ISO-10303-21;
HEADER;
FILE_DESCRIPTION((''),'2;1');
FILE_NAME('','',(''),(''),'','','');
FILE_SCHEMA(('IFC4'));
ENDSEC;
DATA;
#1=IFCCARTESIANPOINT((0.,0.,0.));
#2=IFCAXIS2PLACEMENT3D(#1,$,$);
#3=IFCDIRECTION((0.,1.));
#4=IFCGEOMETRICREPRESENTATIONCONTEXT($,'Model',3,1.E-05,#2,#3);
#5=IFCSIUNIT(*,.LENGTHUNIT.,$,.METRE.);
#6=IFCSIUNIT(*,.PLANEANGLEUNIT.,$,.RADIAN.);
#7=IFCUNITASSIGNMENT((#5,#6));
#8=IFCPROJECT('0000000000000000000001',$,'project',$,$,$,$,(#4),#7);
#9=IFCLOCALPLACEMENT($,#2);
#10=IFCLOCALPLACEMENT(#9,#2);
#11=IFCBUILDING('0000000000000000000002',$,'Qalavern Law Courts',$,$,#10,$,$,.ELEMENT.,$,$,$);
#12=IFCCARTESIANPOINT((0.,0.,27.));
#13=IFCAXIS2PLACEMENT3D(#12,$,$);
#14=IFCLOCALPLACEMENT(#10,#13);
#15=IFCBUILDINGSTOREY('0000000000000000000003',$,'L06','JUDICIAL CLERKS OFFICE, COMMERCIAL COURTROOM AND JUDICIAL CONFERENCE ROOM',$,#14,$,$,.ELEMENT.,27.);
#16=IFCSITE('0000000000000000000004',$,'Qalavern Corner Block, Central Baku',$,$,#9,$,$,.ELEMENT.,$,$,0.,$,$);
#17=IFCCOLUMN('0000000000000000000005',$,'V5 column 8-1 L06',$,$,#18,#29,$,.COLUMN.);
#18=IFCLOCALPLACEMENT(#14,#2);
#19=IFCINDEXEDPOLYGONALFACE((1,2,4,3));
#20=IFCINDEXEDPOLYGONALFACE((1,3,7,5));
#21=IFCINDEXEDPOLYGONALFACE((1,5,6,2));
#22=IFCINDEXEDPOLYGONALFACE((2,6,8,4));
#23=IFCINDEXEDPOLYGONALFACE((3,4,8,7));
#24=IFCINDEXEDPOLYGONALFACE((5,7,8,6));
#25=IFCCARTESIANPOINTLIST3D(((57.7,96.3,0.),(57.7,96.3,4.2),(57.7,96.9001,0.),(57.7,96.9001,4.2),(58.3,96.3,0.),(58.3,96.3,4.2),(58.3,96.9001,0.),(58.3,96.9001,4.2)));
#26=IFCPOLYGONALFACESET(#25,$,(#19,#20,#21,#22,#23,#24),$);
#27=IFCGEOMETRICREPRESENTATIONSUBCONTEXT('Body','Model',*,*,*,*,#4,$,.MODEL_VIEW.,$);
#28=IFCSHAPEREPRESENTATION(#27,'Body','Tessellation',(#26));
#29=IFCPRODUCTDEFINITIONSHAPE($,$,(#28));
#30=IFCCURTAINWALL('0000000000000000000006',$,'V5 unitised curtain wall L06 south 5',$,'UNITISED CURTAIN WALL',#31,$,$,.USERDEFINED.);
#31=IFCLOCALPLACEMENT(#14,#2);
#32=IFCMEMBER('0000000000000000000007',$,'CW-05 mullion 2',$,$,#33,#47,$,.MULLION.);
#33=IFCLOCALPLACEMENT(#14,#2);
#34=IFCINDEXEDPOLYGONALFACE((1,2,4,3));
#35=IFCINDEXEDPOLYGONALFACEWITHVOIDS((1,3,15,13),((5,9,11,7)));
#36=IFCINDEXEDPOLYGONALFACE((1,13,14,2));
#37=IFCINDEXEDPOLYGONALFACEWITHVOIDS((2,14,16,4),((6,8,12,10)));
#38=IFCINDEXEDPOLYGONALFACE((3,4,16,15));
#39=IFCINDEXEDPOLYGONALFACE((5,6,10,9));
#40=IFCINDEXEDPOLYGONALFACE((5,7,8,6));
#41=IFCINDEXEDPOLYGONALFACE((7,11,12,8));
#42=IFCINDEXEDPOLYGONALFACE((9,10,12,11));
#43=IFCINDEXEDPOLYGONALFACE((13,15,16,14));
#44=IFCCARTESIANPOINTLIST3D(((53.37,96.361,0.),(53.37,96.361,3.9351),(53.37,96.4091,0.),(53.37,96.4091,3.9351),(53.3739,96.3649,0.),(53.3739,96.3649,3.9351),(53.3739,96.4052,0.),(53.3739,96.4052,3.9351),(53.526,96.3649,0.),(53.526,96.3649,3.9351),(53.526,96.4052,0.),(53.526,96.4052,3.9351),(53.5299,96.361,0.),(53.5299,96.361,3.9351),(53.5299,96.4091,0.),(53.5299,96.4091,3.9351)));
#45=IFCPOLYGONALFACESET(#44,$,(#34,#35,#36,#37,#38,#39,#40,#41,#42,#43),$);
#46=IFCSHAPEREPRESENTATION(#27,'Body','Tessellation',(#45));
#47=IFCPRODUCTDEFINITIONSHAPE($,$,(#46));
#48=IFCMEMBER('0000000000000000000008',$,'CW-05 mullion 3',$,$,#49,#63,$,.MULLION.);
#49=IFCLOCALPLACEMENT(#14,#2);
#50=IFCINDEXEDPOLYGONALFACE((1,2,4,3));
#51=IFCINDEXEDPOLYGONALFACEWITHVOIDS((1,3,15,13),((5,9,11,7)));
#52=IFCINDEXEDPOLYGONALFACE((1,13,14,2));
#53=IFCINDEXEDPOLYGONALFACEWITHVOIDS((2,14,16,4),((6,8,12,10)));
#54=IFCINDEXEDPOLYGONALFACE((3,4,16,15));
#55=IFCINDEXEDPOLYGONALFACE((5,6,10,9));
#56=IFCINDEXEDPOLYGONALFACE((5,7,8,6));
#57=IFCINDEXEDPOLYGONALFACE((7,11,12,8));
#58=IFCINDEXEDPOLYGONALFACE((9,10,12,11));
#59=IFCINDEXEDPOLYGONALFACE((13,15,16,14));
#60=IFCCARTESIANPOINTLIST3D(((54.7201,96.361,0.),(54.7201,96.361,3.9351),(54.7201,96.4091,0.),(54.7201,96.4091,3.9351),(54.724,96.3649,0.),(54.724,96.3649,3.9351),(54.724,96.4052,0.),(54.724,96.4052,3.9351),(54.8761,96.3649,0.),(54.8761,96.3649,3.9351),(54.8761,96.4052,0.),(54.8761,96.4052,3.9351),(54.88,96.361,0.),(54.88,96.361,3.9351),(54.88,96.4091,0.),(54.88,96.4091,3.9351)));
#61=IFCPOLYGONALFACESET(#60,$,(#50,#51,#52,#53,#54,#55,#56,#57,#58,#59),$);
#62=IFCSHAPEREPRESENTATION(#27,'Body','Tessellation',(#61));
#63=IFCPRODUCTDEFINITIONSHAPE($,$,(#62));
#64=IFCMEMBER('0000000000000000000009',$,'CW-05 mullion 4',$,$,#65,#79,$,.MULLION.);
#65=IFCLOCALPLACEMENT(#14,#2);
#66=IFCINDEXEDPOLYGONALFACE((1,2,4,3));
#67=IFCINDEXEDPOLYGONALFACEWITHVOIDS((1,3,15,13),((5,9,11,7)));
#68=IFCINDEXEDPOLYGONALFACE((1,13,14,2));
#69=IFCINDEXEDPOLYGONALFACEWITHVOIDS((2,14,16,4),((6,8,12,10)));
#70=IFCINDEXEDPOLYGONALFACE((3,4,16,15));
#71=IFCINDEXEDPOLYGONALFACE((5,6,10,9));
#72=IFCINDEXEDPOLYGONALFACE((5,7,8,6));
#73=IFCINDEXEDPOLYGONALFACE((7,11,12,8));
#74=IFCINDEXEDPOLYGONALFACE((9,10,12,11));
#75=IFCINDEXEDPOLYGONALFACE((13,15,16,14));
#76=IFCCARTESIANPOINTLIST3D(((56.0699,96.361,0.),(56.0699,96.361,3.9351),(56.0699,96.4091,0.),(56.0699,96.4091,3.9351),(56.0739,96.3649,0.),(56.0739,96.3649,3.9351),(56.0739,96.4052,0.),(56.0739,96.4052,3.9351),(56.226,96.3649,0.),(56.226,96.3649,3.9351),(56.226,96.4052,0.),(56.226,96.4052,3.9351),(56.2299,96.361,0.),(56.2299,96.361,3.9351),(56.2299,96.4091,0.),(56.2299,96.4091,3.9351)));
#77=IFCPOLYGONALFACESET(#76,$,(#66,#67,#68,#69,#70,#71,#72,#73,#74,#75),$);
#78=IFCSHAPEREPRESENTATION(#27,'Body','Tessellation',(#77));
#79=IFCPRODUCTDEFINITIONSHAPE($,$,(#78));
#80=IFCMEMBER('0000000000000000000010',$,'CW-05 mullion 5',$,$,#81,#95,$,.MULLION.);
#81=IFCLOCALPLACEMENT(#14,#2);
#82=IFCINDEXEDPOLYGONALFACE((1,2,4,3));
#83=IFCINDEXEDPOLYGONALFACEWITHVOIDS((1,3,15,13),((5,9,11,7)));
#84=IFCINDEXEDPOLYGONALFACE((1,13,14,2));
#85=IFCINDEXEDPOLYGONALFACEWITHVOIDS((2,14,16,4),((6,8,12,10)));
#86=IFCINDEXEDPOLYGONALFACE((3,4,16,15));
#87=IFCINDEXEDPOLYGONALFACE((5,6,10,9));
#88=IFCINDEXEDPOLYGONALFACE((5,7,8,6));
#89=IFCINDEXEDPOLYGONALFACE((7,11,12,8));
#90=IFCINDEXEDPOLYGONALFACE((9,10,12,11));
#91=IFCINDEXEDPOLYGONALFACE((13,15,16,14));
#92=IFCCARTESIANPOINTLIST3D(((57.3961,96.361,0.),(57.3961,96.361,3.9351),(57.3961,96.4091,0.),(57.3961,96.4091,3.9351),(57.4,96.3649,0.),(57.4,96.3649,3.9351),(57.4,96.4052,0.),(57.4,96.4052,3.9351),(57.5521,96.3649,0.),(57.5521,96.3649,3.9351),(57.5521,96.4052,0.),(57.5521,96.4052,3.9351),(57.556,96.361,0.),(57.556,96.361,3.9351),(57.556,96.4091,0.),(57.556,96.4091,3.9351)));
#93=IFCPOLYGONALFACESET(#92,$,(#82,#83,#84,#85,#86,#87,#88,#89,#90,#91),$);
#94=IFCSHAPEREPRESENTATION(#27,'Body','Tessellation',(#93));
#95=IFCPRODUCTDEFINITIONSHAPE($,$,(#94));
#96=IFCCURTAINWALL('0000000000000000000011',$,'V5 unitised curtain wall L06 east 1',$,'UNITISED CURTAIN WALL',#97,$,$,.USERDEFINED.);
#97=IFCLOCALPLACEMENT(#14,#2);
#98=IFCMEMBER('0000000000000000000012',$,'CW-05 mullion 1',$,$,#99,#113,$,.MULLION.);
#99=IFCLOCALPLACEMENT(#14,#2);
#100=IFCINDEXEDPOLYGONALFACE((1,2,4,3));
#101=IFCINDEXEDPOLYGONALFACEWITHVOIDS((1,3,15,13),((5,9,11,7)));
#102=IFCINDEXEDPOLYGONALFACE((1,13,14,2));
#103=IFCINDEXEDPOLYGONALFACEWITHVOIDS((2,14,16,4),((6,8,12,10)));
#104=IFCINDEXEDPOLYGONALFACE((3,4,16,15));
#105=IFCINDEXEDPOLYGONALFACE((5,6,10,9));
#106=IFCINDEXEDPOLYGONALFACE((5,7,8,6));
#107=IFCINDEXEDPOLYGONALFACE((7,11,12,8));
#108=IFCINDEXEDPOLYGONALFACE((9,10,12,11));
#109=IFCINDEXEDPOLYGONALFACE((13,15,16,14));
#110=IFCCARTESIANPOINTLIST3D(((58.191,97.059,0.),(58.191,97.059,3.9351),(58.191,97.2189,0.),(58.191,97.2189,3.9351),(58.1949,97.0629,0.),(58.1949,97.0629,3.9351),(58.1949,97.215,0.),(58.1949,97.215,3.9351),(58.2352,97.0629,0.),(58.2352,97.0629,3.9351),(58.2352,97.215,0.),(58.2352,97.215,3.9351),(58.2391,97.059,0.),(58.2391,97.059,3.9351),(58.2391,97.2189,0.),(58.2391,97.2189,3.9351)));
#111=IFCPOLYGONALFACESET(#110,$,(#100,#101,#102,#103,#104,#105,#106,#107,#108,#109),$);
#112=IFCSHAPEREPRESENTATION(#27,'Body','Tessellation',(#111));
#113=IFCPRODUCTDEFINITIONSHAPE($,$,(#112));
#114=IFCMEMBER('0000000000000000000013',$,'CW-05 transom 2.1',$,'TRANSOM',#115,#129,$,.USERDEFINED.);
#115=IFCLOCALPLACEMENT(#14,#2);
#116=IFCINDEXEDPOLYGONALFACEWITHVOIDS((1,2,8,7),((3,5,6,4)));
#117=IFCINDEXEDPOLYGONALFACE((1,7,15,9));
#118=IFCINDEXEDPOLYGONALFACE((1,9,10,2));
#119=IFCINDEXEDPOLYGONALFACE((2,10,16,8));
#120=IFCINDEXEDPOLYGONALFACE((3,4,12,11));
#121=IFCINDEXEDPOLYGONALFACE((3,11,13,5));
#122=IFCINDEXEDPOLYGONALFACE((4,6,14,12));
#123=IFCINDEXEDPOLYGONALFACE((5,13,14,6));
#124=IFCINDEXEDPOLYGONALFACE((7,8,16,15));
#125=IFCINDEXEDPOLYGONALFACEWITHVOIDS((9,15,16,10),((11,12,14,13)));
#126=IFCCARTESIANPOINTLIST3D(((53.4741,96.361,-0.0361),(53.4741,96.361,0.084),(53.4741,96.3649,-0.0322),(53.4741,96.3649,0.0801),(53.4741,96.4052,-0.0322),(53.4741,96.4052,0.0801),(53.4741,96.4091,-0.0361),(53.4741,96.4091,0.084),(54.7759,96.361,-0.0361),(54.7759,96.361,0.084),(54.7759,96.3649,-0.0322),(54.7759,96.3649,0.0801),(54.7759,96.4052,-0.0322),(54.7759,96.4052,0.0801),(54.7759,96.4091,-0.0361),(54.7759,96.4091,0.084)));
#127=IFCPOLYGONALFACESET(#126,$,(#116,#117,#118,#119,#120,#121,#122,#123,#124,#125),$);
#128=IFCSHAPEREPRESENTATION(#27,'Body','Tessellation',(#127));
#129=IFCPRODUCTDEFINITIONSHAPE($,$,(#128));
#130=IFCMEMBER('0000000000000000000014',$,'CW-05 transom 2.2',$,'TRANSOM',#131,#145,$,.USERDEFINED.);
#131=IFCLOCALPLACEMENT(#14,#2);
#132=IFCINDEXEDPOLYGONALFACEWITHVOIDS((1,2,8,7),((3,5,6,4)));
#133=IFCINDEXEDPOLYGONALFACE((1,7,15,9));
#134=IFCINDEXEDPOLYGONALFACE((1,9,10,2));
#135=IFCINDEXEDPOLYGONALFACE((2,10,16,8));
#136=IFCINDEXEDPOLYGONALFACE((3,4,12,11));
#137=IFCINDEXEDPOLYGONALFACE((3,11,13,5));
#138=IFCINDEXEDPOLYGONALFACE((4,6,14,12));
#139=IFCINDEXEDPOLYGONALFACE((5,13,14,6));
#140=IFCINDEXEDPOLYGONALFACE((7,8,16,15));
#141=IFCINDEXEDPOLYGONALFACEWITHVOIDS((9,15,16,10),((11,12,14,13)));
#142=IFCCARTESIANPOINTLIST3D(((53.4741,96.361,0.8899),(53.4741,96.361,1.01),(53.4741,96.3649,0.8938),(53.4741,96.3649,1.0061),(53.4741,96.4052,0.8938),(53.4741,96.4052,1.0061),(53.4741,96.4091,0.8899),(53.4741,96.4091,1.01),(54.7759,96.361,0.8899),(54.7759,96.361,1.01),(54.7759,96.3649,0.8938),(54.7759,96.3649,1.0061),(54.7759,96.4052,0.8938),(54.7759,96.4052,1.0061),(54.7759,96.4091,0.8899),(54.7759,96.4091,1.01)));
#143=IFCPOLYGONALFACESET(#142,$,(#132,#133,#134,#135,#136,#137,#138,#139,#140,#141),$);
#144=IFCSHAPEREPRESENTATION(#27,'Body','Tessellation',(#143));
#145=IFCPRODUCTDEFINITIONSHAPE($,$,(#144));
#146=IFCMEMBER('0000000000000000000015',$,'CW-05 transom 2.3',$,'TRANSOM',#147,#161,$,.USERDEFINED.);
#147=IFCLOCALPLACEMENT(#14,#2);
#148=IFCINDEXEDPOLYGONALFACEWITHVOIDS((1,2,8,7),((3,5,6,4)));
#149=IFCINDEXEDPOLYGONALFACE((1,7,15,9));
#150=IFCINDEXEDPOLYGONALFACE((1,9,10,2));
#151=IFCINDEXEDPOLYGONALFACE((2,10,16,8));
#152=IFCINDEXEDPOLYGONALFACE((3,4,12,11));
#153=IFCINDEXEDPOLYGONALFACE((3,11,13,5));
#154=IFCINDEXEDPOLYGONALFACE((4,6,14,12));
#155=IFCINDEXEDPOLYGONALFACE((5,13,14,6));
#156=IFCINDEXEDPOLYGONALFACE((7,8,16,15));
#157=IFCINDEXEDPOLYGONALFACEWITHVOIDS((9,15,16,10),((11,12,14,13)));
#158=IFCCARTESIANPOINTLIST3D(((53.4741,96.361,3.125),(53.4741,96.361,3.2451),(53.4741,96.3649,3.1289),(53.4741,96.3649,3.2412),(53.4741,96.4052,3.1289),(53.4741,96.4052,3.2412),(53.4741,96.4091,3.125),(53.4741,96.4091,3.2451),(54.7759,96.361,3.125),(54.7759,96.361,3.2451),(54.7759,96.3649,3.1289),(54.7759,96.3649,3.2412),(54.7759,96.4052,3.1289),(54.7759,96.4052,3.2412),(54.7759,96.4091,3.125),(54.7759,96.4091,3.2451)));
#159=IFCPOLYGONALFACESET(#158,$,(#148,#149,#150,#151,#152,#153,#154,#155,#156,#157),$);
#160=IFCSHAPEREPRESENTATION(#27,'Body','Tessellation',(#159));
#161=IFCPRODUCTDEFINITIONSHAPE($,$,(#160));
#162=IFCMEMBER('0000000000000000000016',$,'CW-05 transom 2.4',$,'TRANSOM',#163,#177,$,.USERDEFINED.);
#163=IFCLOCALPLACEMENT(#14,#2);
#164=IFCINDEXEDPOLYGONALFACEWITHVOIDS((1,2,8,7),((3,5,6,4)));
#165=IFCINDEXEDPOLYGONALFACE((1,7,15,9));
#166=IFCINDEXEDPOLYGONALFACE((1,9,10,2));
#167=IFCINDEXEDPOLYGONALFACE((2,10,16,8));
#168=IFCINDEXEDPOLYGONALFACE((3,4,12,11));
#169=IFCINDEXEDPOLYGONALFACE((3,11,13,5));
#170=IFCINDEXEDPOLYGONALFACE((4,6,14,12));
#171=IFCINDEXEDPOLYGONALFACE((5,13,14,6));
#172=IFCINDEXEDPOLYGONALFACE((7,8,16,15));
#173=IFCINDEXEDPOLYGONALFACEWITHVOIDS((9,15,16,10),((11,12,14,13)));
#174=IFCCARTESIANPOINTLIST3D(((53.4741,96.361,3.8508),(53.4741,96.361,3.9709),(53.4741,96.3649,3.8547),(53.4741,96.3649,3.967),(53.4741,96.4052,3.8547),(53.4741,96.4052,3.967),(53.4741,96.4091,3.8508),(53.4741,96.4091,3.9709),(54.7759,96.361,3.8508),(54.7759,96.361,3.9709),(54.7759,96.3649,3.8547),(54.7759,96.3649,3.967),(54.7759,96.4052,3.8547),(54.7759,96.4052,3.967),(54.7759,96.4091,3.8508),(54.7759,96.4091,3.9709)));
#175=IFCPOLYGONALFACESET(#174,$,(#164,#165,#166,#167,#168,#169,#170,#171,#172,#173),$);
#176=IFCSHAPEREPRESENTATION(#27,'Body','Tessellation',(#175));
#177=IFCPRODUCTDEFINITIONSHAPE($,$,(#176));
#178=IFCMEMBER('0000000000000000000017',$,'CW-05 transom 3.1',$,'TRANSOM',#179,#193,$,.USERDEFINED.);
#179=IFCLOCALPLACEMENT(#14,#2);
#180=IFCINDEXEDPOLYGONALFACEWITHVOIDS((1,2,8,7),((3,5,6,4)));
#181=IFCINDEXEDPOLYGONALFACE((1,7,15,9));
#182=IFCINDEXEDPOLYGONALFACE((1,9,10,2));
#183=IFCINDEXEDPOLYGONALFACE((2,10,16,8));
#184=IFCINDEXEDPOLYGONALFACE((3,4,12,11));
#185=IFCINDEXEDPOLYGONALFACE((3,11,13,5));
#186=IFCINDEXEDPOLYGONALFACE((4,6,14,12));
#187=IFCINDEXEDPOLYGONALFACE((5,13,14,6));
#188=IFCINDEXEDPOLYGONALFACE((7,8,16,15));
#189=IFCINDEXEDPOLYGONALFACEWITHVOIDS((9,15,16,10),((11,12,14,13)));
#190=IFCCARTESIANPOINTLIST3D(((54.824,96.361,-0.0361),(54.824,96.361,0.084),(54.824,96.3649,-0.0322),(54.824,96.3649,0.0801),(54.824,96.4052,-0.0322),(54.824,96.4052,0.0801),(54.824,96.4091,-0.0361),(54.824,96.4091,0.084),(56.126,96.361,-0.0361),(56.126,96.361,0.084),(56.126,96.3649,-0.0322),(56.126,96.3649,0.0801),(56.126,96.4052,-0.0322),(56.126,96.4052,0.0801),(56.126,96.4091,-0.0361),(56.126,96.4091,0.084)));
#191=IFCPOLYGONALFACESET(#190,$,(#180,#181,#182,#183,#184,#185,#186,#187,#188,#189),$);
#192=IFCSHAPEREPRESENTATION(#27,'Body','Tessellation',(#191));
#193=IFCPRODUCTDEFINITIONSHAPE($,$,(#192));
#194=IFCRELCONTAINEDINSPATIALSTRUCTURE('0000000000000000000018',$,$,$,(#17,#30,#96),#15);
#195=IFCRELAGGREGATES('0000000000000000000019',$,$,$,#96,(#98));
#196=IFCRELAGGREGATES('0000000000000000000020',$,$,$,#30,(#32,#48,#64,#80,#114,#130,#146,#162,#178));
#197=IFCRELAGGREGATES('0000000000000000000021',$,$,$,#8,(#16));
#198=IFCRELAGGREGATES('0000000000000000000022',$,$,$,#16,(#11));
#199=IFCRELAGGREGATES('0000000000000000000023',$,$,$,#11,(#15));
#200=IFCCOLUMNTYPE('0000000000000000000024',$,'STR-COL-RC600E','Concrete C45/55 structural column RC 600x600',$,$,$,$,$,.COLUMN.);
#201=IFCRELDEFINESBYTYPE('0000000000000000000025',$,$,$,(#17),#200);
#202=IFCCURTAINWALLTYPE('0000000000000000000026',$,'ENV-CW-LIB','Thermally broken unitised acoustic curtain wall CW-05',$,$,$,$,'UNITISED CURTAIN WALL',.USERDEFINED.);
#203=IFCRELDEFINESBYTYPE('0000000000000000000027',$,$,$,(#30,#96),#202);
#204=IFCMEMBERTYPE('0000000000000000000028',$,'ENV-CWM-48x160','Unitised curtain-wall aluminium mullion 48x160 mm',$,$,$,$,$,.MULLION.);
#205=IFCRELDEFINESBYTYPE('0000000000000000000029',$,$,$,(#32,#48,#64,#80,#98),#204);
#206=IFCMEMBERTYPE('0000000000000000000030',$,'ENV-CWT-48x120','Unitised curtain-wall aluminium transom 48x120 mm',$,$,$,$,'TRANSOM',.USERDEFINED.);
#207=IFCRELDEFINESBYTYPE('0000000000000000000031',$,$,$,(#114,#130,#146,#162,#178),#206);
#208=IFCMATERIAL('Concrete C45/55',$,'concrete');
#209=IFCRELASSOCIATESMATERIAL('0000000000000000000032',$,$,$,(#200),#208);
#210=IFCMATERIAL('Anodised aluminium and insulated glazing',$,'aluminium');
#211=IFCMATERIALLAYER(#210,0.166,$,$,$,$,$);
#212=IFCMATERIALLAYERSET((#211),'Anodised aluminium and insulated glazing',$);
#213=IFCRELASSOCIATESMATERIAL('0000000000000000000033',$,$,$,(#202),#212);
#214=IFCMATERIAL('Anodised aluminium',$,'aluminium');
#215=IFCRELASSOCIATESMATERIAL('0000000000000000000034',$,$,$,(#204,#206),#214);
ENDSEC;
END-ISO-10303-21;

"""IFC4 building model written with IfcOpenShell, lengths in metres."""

from ifc_helpers import new_model, si_unit, direction, frame, origin, origin_2d, place, context, subcontext, project, spatial, rectangle, hollow_rectangle, extrude, material, layer, layer_set, material_profile, profile_set, type_object, element, aggregate, save


model = new_model("IFC4")

# Units and contexts
model_context = context("Model", 3, precision=1e-05, world=origin(), true_north=direction((0.0, 1.0)))
body_context = subcontext(model_context, "Body", "Model", "MODEL_VIEW")
ifc_project = project(units=[si_unit("LENGTHUNIT", "METRE"), si_unit("PLANEANGLEUNIT", "RADIAN")], contexts=[model_context])

# Site, building, storey
site_placement = place(None, origin())
site = spatial("IfcSite", under=ifc_project, at=site_placement, Name="Qalavern Corner Block, Central Baku", CompositionType="ELEMENT", RefElevation=0.0)
building_placement = place(site_placement, origin())
building = spatial("IfcBuilding", under=site, at=building_placement, Name="Qalavern Law Courts", CompositionType="ELEMENT")
storey_placement = place(building_placement, frame((0.0, 0.0, 27.0)))
storey = spatial("IfcBuildingStorey", under=building, at=storey_placement, Name="L06", Description="JUDICIAL CLERKS OFFICE, COMMERCIAL COURTROOM AND JUDICIAL CONFERENCE ROOM", CompositionType="ELEMENT", Elevation=27.0)

# Column
ifc_material_1 = material(Name="Concrete C45/55", Category="concrete")
ifc_material_profile_1 = material_profile(ifc_material_1, rectangle(XDim=0.6001, YDim=0.6001, at=origin_2d()), Name="RC 600x600")
ifc_profile_set_1 = profile_set([ifc_material_profile_1], Name="Concrete C45/55")
column_type = type_object("IfcColumnType", Name="STR-COL-RC600E", Description="Concrete C45/55 structural column RC 600x600", PredefinedType="COLUMN", material=ifc_profile_set_1)
column_placement = place(storey_placement, frame((58.0, 96.6001, 0.0), z_axis=(0.0, 0.0, 1.0), x_axis=(1.0, 0.0, 0.0)))
element("IfcColumn", 1, at=column_placement, inside=storey, type_object=column_type, Name="V5 column 8-1 L06", PredefinedType="COLUMN", context=body_context, shape_type="SweptSolid", body=[
    extrude(rectangle(XDim=0.6001, YDim=0.6001, at=origin_2d()), origin(), (0.0, 0.0, 1.0), 4.2),
])

# Curtain wall, members
ifc_material_2 = material(Name="Anodised aluminium and insulated glazing", Category="aluminium")
ifc_layer_1 = layer(ifc_material_2, 0.166)
ifc_layer_set_1 = layer_set([ifc_layer_1], Name="Anodised aluminium and insulated glazing")
curtain_wall_type = type_object("IfcCurtainWallType", Name="ENV-CW-LIB", Description="Thermally broken unitised acoustic curtain wall CW-05", ElementType="UNITISED CURTAIN WALL", PredefinedType="USERDEFINED", material=ifc_layer_set_1)
curtain_wall_1_placement = place(storey_placement, origin())
curtain_wall_1 = element("IfcCurtainWall", 2, at=curtain_wall_1_placement, inside=storey, type_object=curtain_wall_type, Name="V5 unitised curtain wall L06 south 5", ObjectType="UNITISED CURTAIN WALL", PredefinedType="USERDEFINED")
ifc_material_3 = material(Name="Anodised aluminium", Category="aluminium")
ifc_material_profile_2 = material_profile(ifc_material_3, hollow_rectangle(XDim=0.0481, YDim=0.1599, WallThickness=0.0039, at=origin_2d()), Name="ALU MULLION 48x160")
ifc_profile_set_2 = profile_set([ifc_material_profile_2], Name="Anodised aluminium")
member_type_1 = type_object("IfcMemberType", Name="ENV-CWM-48x160", Description="Unitised curtain-wall aluminium mullion 48x160 mm", PredefinedType="MULLION", material=ifc_profile_set_2)
member_1_placement = place(storey_placement, frame((53.45, 96.385, 0.0), z_axis=(0.0, 0.0, 1.0), x_axis=(0.0, 1.0, 0.0)))
member_1 = element("IfcMember", 3, at=member_1_placement, type_object=member_type_1, Name="CW-05 mullion 2", PredefinedType="MULLION", context=body_context, shape_type="SweptSolid", body=[
    extrude(hollow_rectangle(XDim=0.0481, YDim=0.1599, WallThickness=0.0039, at=origin_2d()), origin(), (0.0, 0.0, 1.0), 3.9351),
])
member_2_placement = place(storey_placement, frame((54.8, 96.385, 0.0), z_axis=(0.0, 0.0, 1.0), x_axis=(0.0, 1.0, 0.0)))
member_2 = element("IfcMember", 4, at=member_2_placement, type_object=member_type_1, Name="CW-05 mullion 3", PredefinedType="MULLION", context=body_context, shape_type="SweptSolid", body=[
    extrude(hollow_rectangle(XDim=0.0481, YDim=0.1599, WallThickness=0.0039, at=origin_2d()), origin(), (0.0, 0.0, 1.0), 3.9351),
])
member_3_placement = place(storey_placement, frame((56.1499, 96.385, 0.0), z_axis=(0.0, 0.0, 1.0), x_axis=(0.0, 1.0, 0.0)))
member_3 = element("IfcMember", 5, at=member_3_placement, type_object=member_type_1, Name="CW-05 mullion 4", PredefinedType="MULLION", context=body_context, shape_type="SweptSolid", body=[
    extrude(hollow_rectangle(XDim=0.0481, YDim=0.1599, WallThickness=0.0039, at=origin_2d()), origin(), (0.0, 0.0, 1.0), 3.9351),
])
member_4_placement = place(storey_placement, frame((57.4761, 96.385, 0.0), z_axis=(0.0, 0.0, 1.0), x_axis=(0.0, 1.0, 0.0)))
member_4 = element("IfcMember", 6, at=member_4_placement, type_object=member_type_1, Name="CW-05 mullion 5", PredefinedType="MULLION", context=body_context, shape_type="SweptSolid", body=[
    extrude(hollow_rectangle(XDim=0.0481, YDim=0.1599, WallThickness=0.0039, at=origin_2d()), origin(), (0.0, 0.0, 1.0), 3.9351),
])

# Curtain wall, member
curtain_wall_2_placement = place(storey_placement, origin())
curtain_wall_2 = element("IfcCurtainWall", 7, at=curtain_wall_2_placement, inside=storey, type_object=curtain_wall_type, Name="V5 unitised curtain wall L06 east 1", ObjectType="UNITISED CURTAIN WALL", PredefinedType="USERDEFINED")
member_5_placement = place(storey_placement, frame((58.2151, 97.1389, 0.0), z_axis=(0.0, 0.0, 1.0), x_axis=(-1.0, 0.0, 0.0)))
member_5 = element("IfcMember", 8, at=member_5_placement, type_object=member_type_1, Name="CW-05 mullion 1", PredefinedType="MULLION", context=body_context, shape_type="SweptSolid", body=[
    extrude(hollow_rectangle(XDim=0.0481, YDim=0.1599, WallThickness=0.0039, at=origin_2d()), origin(), (0.0, 0.0, 1.0), 3.9351),
])

# Members
ifc_material_profile_3 = material_profile(ifc_material_3, hollow_rectangle(XDim=0.0481, YDim=0.1201, WallThickness=0.0039, at=origin_2d()), Name="ALU TRANSOM 48x120")
ifc_profile_set_3 = profile_set([ifc_material_profile_3], Name="Anodised aluminium")
member_type_2 = type_object("IfcMemberType", Name="ENV-CWT-48x120", Description="Unitised curtain-wall aluminium transom 48x120 mm", ElementType="TRANSOM", PredefinedType="USERDEFINED", material=ifc_profile_set_3)
member_6_placement = place(storey_placement, frame((53.4741, 96.385, 0.0239), z_axis=(1.0, 0.0, 0.0), x_axis=(0.0, 1.0, 0.0)))
member_6 = element("IfcMember", 9, at=member_6_placement, type_object=member_type_2, Name="CW-05 transom 2.1", ObjectType="TRANSOM", PredefinedType="USERDEFINED", context=body_context, shape_type="SweptSolid", body=[
    extrude(hollow_rectangle(XDim=0.0481, YDim=0.1201, WallThickness=0.0039, at=origin_2d()), origin(), (0.0, 0.0, 1.0), 1.3018),
])
member_7_placement = place(storey_placement, frame((53.4741, 96.385, 0.95), z_axis=(1.0, 0.0, 0.0), x_axis=(0.0, 1.0, 0.0)))
member_7 = element("IfcMember", 10, at=member_7_placement, type_object=member_type_2, Name="CW-05 transom 2.2", ObjectType="TRANSOM", PredefinedType="USERDEFINED", context=body_context, shape_type="SweptSolid", body=[
    extrude(hollow_rectangle(XDim=0.0481, YDim=0.1201, WallThickness=0.0039, at=origin_2d()), origin(), (0.0, 0.0, 1.0), 1.3018),
])
member_8_placement = place(storey_placement, frame((53.4741, 96.385, 3.1851), z_axis=(1.0, 0.0, 0.0), x_axis=(0.0, 1.0, 0.0)))
member_8 = element("IfcMember", 11, at=member_8_placement, type_object=member_type_2, Name="CW-05 transom 2.3", ObjectType="TRANSOM", PredefinedType="USERDEFINED", context=body_context, shape_type="SweptSolid", body=[
    extrude(hollow_rectangle(XDim=0.0481, YDim=0.1201, WallThickness=0.0039, at=origin_2d()), origin(), (0.0, 0.0, 1.0), 1.3018),
])
member_9_placement = place(storey_placement, frame((53.4741, 96.385, 3.9109), z_axis=(1.0, 0.0, 0.0), x_axis=(0.0, 1.0, 0.0)))
member_9 = element("IfcMember", 12, at=member_9_placement, type_object=member_type_2, Name="CW-05 transom 2.4", ObjectType="TRANSOM", PredefinedType="USERDEFINED", context=body_context, shape_type="SweptSolid", body=[
    extrude(hollow_rectangle(XDim=0.0481, YDim=0.1201, WallThickness=0.0039, at=origin_2d()), origin(), (0.0, 0.0, 1.0), 1.3018),
])
member_10_placement = place(storey_placement, frame((54.824, 96.385, 0.0239), z_axis=(1.0, 0.0, 0.0), x_axis=(0.0, 1.0, 0.0)))
member_10 = element("IfcMember", 13, at=member_10_placement, type_object=member_type_2, Name="CW-05 transom 3.1", ObjectType="TRANSOM", PredefinedType="USERDEFINED", context=body_context, shape_type="SweptSolid", body=[
    extrude(hollow_rectangle(XDim=0.0481, YDim=0.1201, WallThickness=0.0039, at=origin_2d()), origin(), (0.0, 0.0, 1.0), 1.302),
])
aggregate(curtain_wall_2, [member_5])

aggregate(curtain_wall_1, [member_1, member_2, member_3, member_4, member_6, member_7, member_8, member_9, member_10])

save(model, "model.ifc")
